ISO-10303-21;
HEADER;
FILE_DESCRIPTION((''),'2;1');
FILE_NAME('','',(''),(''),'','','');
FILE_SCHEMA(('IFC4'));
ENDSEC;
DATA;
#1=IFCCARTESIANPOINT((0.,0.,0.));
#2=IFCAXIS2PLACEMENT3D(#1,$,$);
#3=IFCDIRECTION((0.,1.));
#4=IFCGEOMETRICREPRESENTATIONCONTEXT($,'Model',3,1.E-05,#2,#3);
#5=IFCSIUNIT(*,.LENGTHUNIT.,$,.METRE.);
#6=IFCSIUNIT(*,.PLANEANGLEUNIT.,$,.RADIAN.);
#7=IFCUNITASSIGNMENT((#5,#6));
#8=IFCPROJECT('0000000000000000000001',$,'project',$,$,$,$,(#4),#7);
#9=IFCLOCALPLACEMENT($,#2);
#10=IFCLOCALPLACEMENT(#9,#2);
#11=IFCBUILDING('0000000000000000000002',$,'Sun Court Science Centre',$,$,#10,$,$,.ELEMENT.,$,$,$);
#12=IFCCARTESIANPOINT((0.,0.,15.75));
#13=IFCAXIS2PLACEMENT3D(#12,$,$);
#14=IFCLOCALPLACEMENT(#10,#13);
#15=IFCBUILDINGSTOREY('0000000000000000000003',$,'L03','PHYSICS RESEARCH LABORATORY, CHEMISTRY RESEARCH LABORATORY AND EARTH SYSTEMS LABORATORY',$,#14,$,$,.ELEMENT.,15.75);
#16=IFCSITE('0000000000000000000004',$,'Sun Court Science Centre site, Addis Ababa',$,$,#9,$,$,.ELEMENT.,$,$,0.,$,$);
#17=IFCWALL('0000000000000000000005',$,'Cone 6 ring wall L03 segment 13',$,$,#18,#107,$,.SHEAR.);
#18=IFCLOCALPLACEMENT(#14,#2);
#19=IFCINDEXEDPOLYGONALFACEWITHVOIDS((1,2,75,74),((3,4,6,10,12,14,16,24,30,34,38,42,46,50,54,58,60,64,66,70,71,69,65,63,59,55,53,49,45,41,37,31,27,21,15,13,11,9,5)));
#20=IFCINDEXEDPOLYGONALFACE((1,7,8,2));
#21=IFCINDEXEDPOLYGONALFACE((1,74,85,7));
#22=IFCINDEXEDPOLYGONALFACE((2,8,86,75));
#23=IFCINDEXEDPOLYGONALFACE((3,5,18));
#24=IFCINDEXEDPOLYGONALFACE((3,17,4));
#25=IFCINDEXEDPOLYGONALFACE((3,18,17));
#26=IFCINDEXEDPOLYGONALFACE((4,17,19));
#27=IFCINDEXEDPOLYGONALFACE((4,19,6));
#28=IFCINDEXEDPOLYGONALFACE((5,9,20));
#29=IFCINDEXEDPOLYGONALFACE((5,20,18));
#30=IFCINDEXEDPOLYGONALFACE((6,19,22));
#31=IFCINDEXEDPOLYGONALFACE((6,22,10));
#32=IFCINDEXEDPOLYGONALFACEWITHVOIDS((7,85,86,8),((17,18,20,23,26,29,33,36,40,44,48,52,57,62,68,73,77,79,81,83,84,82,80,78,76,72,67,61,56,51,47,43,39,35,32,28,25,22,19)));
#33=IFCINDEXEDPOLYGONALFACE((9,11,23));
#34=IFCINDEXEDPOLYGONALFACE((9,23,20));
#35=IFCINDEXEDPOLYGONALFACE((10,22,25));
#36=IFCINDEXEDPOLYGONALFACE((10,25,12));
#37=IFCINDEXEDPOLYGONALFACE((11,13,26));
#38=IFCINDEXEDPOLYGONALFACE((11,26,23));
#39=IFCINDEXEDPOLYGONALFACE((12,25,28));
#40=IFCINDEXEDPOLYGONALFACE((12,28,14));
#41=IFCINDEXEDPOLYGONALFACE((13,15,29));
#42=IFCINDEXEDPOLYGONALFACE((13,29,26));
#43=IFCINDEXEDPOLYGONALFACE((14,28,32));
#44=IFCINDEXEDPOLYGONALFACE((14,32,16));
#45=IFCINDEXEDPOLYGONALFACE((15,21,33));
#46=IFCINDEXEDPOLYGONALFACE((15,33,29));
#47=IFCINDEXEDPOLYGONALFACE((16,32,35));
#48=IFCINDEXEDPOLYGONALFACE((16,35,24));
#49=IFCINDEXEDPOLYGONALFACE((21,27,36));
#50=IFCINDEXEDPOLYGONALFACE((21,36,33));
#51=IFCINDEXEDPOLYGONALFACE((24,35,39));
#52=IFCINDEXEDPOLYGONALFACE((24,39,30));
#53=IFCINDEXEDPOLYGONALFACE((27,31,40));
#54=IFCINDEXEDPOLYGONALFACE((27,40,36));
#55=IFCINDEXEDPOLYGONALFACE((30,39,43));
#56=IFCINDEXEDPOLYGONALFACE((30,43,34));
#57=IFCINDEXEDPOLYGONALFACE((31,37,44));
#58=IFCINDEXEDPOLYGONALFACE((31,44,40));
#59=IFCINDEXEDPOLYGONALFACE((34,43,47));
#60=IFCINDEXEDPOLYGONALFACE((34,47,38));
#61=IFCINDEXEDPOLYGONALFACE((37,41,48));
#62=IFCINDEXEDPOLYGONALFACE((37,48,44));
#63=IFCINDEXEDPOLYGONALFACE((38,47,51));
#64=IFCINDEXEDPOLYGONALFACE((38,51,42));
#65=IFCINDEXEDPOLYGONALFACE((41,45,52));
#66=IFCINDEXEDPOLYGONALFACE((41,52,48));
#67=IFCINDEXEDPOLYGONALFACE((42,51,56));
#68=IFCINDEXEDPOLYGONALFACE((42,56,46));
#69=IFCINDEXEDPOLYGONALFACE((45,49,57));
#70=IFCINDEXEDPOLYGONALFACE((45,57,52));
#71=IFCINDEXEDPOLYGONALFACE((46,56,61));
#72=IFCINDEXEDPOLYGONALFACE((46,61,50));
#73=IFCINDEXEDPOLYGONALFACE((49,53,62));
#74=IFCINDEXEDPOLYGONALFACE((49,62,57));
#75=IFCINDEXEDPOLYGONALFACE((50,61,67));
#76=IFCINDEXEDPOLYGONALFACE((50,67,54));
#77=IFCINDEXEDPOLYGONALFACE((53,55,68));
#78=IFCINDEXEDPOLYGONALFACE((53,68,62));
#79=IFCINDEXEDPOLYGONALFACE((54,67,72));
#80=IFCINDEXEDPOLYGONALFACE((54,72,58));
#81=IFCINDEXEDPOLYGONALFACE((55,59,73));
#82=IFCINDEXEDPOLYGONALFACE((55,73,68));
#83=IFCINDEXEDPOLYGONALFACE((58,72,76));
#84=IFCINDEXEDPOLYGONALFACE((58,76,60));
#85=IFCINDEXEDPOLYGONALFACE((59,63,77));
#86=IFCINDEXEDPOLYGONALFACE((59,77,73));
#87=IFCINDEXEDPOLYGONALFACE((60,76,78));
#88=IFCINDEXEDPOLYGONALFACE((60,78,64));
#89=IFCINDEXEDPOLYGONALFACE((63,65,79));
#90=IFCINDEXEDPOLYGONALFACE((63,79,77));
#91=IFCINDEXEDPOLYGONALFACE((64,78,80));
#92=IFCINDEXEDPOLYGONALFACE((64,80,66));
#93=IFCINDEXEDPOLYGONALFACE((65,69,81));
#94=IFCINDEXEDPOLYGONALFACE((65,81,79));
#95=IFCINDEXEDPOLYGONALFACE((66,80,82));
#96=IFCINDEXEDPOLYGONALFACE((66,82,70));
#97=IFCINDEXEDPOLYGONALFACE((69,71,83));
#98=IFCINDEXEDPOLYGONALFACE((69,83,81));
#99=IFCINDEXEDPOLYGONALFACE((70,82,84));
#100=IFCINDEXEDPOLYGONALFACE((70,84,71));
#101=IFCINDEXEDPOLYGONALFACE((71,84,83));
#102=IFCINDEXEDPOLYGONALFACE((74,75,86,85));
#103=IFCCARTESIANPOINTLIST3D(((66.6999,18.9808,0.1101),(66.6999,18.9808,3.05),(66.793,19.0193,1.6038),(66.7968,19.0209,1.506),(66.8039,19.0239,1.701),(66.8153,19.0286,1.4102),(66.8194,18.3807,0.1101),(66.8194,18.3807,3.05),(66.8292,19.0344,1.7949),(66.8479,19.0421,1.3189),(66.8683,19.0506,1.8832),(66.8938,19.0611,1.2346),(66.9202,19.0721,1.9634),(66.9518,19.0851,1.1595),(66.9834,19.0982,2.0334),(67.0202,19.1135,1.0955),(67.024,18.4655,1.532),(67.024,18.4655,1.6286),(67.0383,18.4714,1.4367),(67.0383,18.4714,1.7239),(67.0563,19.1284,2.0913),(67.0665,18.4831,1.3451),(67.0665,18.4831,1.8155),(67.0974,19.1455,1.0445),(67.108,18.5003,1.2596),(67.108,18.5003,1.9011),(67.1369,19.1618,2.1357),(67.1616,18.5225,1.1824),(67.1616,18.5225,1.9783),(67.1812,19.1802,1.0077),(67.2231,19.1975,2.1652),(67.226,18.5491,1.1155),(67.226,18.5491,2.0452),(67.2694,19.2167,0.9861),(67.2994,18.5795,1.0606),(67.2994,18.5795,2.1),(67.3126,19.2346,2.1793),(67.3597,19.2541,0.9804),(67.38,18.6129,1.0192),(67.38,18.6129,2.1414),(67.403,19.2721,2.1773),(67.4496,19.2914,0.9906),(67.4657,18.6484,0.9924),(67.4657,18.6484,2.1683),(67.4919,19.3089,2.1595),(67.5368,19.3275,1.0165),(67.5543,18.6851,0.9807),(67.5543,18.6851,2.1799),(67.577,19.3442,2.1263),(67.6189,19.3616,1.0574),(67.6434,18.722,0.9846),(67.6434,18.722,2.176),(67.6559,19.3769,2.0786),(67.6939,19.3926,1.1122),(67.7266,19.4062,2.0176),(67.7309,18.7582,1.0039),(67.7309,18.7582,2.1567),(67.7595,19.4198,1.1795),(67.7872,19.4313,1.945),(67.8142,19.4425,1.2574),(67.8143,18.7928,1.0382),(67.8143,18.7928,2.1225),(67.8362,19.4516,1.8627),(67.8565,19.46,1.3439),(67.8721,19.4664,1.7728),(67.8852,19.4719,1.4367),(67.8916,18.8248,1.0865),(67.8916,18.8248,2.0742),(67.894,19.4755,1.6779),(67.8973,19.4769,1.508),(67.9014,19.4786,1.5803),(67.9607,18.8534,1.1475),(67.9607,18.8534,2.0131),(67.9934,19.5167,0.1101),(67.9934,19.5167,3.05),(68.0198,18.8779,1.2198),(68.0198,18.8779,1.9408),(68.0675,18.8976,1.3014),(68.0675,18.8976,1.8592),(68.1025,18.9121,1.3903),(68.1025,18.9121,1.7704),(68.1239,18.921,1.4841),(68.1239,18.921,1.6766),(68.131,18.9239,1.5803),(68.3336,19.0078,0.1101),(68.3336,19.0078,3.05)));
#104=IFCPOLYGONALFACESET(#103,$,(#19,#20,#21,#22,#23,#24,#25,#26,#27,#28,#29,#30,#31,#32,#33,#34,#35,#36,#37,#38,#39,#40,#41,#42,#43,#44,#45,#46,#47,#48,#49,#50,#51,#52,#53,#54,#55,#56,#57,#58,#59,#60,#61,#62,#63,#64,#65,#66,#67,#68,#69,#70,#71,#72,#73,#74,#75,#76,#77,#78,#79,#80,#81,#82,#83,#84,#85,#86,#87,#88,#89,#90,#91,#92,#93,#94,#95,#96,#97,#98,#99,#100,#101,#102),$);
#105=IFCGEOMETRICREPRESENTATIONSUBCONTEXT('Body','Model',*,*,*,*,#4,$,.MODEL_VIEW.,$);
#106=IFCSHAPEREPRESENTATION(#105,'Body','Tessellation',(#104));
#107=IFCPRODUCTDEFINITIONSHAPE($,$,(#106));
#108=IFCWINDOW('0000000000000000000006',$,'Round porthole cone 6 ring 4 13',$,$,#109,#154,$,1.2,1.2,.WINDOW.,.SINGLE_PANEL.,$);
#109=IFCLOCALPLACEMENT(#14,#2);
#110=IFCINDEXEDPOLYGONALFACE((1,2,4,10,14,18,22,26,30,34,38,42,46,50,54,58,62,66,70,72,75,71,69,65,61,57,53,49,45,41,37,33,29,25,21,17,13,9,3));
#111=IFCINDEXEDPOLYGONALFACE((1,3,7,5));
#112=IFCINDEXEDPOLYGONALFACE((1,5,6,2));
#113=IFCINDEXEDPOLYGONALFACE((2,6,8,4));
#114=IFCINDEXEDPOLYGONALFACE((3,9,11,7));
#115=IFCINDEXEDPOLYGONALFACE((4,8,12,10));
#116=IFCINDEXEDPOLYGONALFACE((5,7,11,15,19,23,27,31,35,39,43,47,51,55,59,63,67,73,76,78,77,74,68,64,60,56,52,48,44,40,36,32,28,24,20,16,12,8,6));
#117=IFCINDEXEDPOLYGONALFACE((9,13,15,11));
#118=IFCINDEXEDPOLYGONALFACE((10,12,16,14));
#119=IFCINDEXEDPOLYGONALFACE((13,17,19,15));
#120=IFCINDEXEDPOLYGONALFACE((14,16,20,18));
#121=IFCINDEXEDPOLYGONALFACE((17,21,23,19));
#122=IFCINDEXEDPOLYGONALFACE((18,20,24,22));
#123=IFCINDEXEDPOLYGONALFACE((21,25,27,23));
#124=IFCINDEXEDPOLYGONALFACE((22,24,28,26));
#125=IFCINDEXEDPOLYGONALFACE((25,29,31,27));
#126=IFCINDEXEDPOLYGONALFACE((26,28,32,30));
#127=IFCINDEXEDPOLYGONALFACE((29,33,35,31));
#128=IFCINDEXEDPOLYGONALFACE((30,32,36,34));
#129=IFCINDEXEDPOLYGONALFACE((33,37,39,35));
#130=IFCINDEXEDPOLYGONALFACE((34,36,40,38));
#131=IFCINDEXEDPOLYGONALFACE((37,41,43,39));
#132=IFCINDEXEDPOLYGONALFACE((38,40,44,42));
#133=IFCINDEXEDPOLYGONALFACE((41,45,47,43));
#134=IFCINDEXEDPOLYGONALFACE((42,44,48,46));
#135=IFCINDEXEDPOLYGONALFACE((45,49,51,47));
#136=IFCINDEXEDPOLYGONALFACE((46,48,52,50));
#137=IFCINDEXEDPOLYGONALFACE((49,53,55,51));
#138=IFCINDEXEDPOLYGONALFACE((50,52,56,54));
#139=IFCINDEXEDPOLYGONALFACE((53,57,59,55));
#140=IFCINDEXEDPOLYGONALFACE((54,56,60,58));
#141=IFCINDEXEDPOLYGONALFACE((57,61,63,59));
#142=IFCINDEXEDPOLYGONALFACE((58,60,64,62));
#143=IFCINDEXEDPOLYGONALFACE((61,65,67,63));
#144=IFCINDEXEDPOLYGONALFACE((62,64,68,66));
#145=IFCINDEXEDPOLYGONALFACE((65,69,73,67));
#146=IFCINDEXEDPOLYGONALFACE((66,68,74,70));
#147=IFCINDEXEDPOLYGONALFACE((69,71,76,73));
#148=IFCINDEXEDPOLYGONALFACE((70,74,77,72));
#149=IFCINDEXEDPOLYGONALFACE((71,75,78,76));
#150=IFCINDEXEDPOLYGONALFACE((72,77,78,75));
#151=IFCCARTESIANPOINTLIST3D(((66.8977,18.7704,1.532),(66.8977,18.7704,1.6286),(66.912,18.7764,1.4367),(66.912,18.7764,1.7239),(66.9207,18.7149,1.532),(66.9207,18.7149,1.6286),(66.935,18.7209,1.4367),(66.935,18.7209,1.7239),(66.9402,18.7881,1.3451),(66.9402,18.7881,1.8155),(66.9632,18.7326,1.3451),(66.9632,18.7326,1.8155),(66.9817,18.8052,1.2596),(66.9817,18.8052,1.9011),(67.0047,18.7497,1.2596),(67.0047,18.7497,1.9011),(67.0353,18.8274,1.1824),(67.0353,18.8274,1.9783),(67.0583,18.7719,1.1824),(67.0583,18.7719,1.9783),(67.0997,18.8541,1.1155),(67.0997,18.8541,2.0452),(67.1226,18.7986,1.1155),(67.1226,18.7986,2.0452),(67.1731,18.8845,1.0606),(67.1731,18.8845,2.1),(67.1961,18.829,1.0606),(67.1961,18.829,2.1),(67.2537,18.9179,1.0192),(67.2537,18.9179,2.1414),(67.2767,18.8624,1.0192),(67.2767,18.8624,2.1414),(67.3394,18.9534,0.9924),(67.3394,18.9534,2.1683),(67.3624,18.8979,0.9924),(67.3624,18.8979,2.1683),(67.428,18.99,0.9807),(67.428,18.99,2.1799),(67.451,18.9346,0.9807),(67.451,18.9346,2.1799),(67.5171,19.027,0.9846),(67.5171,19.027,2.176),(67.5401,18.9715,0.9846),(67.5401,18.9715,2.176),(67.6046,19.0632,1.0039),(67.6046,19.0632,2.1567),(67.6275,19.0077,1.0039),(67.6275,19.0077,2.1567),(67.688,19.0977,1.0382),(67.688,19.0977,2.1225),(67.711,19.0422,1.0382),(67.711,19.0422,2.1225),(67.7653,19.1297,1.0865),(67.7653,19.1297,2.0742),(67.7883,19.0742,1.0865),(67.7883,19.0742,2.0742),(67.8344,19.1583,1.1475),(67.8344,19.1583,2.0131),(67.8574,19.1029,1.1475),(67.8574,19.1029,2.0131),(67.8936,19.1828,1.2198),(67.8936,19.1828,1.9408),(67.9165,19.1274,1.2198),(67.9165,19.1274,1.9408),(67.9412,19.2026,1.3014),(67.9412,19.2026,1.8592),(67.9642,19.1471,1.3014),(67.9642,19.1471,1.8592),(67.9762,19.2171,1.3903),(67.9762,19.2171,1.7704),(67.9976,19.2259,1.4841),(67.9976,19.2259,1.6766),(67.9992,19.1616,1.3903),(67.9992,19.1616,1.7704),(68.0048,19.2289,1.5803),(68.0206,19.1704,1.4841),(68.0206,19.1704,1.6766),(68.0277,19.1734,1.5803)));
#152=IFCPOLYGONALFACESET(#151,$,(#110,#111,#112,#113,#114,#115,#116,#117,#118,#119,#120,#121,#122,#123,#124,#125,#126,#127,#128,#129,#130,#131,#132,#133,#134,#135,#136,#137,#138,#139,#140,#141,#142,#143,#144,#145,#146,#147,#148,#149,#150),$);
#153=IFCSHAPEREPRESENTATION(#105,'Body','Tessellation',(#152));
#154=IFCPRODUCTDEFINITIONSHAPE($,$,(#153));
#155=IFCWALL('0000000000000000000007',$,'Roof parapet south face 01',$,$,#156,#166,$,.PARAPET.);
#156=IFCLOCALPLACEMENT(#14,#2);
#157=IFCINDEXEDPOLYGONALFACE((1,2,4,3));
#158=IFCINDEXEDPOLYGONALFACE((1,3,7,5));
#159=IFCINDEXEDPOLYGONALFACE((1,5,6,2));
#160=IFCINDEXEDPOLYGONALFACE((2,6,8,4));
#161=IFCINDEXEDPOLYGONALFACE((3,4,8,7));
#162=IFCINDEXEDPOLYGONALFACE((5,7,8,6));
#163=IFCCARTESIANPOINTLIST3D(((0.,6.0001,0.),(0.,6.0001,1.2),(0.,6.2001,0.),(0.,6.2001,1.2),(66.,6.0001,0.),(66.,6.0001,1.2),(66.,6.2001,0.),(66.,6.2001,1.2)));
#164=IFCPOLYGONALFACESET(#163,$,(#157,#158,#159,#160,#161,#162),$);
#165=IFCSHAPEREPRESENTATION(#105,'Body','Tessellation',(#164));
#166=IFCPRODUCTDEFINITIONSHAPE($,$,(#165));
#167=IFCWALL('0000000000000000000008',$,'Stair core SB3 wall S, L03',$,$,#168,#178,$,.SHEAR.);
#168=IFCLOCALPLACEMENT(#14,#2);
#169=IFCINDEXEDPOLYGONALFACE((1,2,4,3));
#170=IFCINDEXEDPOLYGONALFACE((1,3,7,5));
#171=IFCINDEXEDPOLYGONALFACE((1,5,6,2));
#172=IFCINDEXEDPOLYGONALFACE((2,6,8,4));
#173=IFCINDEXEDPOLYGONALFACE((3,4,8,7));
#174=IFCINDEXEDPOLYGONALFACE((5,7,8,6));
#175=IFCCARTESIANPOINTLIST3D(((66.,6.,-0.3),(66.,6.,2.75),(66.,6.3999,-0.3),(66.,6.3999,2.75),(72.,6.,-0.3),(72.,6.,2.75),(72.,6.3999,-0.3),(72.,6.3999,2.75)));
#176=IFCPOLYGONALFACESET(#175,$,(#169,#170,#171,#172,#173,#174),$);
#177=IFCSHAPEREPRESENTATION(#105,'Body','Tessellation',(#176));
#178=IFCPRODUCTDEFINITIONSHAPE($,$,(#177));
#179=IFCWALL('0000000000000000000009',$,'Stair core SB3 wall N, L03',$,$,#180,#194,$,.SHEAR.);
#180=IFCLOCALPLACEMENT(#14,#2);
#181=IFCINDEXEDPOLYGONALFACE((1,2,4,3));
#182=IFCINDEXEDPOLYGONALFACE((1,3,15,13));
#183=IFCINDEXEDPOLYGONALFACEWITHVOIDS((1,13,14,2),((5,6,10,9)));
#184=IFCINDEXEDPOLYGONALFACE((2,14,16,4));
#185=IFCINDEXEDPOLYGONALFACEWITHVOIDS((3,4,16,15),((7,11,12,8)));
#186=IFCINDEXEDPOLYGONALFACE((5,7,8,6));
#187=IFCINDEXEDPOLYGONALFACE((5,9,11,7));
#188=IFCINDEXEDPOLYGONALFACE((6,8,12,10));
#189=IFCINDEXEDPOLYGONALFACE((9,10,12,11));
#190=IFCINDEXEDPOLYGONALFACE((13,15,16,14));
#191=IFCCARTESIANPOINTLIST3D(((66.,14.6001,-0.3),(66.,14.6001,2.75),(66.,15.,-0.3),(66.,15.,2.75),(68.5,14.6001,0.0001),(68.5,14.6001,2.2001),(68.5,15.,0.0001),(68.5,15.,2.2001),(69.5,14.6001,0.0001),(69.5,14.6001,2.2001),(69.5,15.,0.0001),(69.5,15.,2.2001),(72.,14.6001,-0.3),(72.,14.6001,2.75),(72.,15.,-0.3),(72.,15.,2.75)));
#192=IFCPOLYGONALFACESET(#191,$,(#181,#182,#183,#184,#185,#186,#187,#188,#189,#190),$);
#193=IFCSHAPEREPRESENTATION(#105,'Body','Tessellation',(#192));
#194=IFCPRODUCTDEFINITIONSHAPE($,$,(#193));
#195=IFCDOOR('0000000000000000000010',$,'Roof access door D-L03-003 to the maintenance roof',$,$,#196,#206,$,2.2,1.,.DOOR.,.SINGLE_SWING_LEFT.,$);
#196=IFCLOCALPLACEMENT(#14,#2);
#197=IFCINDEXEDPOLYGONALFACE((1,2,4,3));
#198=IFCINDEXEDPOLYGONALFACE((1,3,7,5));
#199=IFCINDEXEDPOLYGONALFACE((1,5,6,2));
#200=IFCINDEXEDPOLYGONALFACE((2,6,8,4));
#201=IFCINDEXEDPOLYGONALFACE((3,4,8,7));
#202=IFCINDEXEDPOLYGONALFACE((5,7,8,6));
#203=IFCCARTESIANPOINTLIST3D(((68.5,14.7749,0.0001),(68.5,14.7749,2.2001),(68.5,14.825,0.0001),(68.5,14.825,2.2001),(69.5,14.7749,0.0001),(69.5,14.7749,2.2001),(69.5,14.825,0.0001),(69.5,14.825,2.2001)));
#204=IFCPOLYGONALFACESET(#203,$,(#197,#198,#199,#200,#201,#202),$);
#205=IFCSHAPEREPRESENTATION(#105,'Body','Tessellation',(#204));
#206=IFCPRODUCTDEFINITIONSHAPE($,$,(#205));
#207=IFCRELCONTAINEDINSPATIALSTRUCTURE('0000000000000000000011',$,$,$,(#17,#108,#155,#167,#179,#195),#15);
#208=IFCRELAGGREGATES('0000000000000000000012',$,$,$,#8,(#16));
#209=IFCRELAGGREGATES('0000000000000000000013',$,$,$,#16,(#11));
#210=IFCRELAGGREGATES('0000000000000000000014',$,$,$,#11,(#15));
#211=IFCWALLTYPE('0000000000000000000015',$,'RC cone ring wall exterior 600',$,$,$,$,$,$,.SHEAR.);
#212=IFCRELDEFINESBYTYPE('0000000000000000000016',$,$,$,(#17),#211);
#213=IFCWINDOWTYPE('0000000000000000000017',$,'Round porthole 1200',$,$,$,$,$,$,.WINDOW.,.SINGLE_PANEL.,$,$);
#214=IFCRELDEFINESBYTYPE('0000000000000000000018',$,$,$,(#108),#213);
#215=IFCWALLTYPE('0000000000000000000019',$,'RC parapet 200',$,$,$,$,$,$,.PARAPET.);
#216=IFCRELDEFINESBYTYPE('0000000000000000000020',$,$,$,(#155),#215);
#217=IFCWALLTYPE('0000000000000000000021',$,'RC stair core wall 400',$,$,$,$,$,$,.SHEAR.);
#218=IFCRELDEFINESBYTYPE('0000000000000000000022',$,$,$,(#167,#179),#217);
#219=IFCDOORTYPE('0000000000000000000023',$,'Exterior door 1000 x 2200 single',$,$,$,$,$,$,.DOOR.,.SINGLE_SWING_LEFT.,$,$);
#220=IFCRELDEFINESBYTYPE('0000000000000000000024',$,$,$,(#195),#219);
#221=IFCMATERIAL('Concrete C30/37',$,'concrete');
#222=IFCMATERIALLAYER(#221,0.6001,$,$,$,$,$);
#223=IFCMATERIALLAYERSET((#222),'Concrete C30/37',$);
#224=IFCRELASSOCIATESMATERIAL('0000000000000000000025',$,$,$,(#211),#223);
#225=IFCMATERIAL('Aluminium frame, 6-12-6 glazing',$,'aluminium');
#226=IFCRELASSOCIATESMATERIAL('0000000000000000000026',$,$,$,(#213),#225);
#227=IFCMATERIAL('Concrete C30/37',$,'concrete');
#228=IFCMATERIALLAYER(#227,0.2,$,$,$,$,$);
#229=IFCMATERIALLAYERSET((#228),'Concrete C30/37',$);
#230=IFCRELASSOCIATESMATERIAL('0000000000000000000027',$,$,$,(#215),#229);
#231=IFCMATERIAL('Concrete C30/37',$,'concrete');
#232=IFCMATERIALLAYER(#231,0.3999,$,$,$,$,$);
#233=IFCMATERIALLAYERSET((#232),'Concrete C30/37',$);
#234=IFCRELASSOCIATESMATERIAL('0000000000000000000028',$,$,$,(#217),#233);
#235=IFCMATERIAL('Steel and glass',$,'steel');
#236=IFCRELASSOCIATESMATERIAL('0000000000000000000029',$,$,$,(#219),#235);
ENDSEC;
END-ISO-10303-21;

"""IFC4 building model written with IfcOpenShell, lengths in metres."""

from ifc_helpers import new_model, si_unit, direction, frame, frame_2d, origin, place, context, subcontext, project, spatial, polyline, rectangle, circle, outline, extrude, material, layer, layer_set, type_object, element, fill, save


model = new_model("IFC4")

# Units and contexts
model_context = context("Model", 3, precision=1e-05, world=origin(), true_north=direction((0.0, 1.0)))
body_context = subcontext(model_context, "Body", "Model", "MODEL_VIEW")
ifc_project = project(units=[si_unit("LENGTHUNIT", "METRE"), si_unit("PLANEANGLEUNIT", "RADIAN")], contexts=[model_context])

# Site, building, storey
site_placement = place(None, origin())
site = spatial("IfcSite", under=ifc_project, at=site_placement, Name="Sun Court Science Centre site, Addis Ababa", CompositionType="ELEMENT", RefElevation=0.0)
building_placement = place(site_placement, origin())
building = spatial("IfcBuilding", under=site, at=building_placement, Name="Sun Court Science Centre", CompositionType="ELEMENT")
storey_placement = place(building_placement, frame((0.0, 0.0, 15.75)))
storey = spatial("IfcBuildingStorey", under=building, at=storey_placement, Name="L03", Description="PHYSICS RESEARCH LABORATORY, CHEMISTRY RESEARCH LABORATORY AND EARTH SYSTEMS LABORATORY", CompositionType="ELEMENT", Elevation=15.75)

# Shared definitions
ifc_material_1 = material(Name="Concrete C30/37", Category="concrete")
ifc_layer_1 = layer(ifc_material_1, 0.6001)
ifc_layer_set_1 = layer_set([ifc_layer_1], Name="Concrete C30/37")
wall_type_1 = type_object("IfcWallType", Name="RC cone ring wall exterior 600", PredefinedType="SHEAR", material=ifc_layer_set_1)

# Wall, opening, window
wall_1_placement = place(storey_placement, frame((66.7046, 18.658, 0.1101), z_axis=(0.0, 0.0, 1.0), x_axis=(0.923908, 0.382615, 0.0)))
wall_1 = element("IfcWall", 1, at=wall_1_placement, inside=storey, type_object=wall_type_1, Name="Cone 6 ring wall L03 segment 13", PredefinedType="SHEAR", context=body_context, shape_type="SweptSolid", body=[
    extrude(outline(polyline([(0.0, -0.3), (1.6389, -0.3), (1.5193, 0.3003), (0.1191, 0.3), (0.0, -0.3)])), origin(), (0.0, 0.0, 1.0), 2.9399),
])
opening_1_placement = place(wall_1_placement, frame((0.2195, 0.0, 0.8701)))
opening_1 = element("IfcOpeningElement", 2, at=opening_1_placement, cuts=wall_1, PredefinedType="OPENING", context=body_context, shape_type="SweptSolid", body=[
    extrude(circle(Radius=0.6001, at=frame_2d((0.6001, 0.6001))), frame((0.0, 0.3101, 0.0), z_axis=(0.0, -1.0, 0.0), x_axis=(1.0, 0.0, 0.0)), (0.0, 0.0, 1.0), 0.6201),
])
ifc_material_2 = material(Name="Aluminium frame, 6-12-6 glazing", Category="aluminium")
window_type = type_object("IfcWindowType", Name="Round porthole 1200", PartitioningType="SINGLE_PANEL", PredefinedType="WINDOW", material=ifc_material_2)
window_placement = place(opening_1_placement, origin())
window = element("IfcWindow", 3, at=window_placement, inside=storey, type_object=window_type, Name="Round porthole cone 6 ring 4 13", OverallHeight=1.2, OverallWidth=1.2, PartitioningType="SINGLE_PANEL", PredefinedType="WINDOW", context=body_context, shape_type="SweptSolid", body=[
    extrude(circle(Radius=0.6001, at=frame_2d((0.6001, 0.6001))), frame((0.0, 0.03, 0.0), z_axis=(0.0, -1.0, 0.0), x_axis=(1.0, 0.0, 0.0)), (0.0, 0.0, 1.0), 0.0601),
])
fill(opening_1, window)

# Walls
ifc_material_3 = material(Name="Concrete C30/37", Category="concrete")
ifc_layer_2 = layer(ifc_material_3, 0.2)
ifc_layer_set_2 = layer_set([ifc_layer_2], Name="Concrete C30/37")
wall_type_2 = type_object("IfcWallType", Name="RC parapet 200", PredefinedType="PARAPET", material=ifc_layer_set_2)
wall_2_placement = place(storey_placement, frame((66.0, 6.1001, 0.0), z_axis=(0.0, 0.0, 1.0), x_axis=(-1.0, 0.0, 0.0)))
element("IfcWall", 4, at=wall_2_placement, inside=storey, type_object=wall_type_2, Name="Roof parapet south face 01", PredefinedType="PARAPET", context=body_context, shape_type="SweptSolid", body=[
    extrude(rectangle(XDim=66.0, YDim=0.2, at=frame_2d((33.0, 0.0))), origin(), (0.0, 0.0, 1.0), 1.2),
])
ifc_material_4 = material(Name="Concrete C30/37", Category="concrete")
ifc_layer_3 = layer(ifc_material_4, 0.3999)
ifc_layer_set_3 = layer_set([ifc_layer_3], Name="Concrete C30/37")
wall_type_3 = type_object("IfcWallType", Name="RC stair core wall 400", PredefinedType="SHEAR", material=ifc_layer_set_3)
wall_3_placement = place(storey_placement, frame((66.0, 6.2, -0.3), z_axis=(0.0, 0.0, 1.0), x_axis=(1.0, 0.0, 0.0)))
element("IfcWall", 5, at=wall_3_placement, inside=storey, type_object=wall_type_3, Name="Stair core SB3 wall S, L03", PredefinedType="SHEAR", context=body_context, shape_type="SweptSolid", body=[
    extrude(rectangle(XDim=6.0, YDim=0.3999, at=frame_2d((3.0, 0.0))), origin(), (0.0, 0.0, 1.0), 3.05),
])

# Wall, opening, door
wall_4_placement = place(storey_placement, frame((66.0, 14.8, -0.3), z_axis=(0.0, 0.0, 1.0), x_axis=(1.0, 0.0, 0.0)))
wall_4 = element("IfcWall", 6, at=wall_4_placement, inside=storey, type_object=wall_type_3, Name="Stair core SB3 wall N, L03", PredefinedType="SHEAR", context=body_context, shape_type="SweptSolid", body=[
    extrude(rectangle(XDim=6.0, YDim=0.3999, at=frame_2d((3.0, 0.0))), origin(), (0.0, 0.0, 1.0), 3.05),
])
opening_2_placement = place(wall_4_placement, frame((2.5, 0.0, 0.3)))
opening_2 = element("IfcOpeningElement", 7, at=opening_2_placement, cuts=wall_4, PredefinedType="OPENING", context=body_context, shape_type="SweptSolid", body=[
    extrude(rectangle(XDim=1.0, YDim=2.2, at=frame_2d((0.5, 1.1001))), frame((0.0, 0.21, 0.0), z_axis=(0.0, -1.0, 0.0), x_axis=(1.0, 0.0, 0.0)), (0.0, 0.0, 1.0), 0.4199),
])
ifc_material_5 = material(Name="Steel and glass", Category="steel")
door_type = type_object("IfcDoorType", Name="Exterior door 1000 x 2200 single", OperationType="SINGLE_SWING_LEFT", PredefinedType="DOOR", material=ifc_material_5)
door_placement = place(opening_2_placement, origin())
door = element("IfcDoor", 8, at=door_placement, inside=storey, type_object=door_type, Name="Roof access door D-L03-003 to the maintenance roof", OperationType="SINGLE_SWING_LEFT", OverallHeight=2.2, OverallWidth=1.0, PredefinedType="DOOR", context=body_context, shape_type="SweptSolid", body=[
    extrude(rectangle(XDim=1.0, YDim=2.2, at=frame_2d((0.5, 1.1001))), frame((0.0, 0.0249, 0.0), z_axis=(0.0, -1.0, 0.0), x_axis=(1.0, 0.0, 0.0)), (0.0, 0.0, 1.0), 0.05),
])
fill(opening_2, door)

save(model, "model.ifc")
